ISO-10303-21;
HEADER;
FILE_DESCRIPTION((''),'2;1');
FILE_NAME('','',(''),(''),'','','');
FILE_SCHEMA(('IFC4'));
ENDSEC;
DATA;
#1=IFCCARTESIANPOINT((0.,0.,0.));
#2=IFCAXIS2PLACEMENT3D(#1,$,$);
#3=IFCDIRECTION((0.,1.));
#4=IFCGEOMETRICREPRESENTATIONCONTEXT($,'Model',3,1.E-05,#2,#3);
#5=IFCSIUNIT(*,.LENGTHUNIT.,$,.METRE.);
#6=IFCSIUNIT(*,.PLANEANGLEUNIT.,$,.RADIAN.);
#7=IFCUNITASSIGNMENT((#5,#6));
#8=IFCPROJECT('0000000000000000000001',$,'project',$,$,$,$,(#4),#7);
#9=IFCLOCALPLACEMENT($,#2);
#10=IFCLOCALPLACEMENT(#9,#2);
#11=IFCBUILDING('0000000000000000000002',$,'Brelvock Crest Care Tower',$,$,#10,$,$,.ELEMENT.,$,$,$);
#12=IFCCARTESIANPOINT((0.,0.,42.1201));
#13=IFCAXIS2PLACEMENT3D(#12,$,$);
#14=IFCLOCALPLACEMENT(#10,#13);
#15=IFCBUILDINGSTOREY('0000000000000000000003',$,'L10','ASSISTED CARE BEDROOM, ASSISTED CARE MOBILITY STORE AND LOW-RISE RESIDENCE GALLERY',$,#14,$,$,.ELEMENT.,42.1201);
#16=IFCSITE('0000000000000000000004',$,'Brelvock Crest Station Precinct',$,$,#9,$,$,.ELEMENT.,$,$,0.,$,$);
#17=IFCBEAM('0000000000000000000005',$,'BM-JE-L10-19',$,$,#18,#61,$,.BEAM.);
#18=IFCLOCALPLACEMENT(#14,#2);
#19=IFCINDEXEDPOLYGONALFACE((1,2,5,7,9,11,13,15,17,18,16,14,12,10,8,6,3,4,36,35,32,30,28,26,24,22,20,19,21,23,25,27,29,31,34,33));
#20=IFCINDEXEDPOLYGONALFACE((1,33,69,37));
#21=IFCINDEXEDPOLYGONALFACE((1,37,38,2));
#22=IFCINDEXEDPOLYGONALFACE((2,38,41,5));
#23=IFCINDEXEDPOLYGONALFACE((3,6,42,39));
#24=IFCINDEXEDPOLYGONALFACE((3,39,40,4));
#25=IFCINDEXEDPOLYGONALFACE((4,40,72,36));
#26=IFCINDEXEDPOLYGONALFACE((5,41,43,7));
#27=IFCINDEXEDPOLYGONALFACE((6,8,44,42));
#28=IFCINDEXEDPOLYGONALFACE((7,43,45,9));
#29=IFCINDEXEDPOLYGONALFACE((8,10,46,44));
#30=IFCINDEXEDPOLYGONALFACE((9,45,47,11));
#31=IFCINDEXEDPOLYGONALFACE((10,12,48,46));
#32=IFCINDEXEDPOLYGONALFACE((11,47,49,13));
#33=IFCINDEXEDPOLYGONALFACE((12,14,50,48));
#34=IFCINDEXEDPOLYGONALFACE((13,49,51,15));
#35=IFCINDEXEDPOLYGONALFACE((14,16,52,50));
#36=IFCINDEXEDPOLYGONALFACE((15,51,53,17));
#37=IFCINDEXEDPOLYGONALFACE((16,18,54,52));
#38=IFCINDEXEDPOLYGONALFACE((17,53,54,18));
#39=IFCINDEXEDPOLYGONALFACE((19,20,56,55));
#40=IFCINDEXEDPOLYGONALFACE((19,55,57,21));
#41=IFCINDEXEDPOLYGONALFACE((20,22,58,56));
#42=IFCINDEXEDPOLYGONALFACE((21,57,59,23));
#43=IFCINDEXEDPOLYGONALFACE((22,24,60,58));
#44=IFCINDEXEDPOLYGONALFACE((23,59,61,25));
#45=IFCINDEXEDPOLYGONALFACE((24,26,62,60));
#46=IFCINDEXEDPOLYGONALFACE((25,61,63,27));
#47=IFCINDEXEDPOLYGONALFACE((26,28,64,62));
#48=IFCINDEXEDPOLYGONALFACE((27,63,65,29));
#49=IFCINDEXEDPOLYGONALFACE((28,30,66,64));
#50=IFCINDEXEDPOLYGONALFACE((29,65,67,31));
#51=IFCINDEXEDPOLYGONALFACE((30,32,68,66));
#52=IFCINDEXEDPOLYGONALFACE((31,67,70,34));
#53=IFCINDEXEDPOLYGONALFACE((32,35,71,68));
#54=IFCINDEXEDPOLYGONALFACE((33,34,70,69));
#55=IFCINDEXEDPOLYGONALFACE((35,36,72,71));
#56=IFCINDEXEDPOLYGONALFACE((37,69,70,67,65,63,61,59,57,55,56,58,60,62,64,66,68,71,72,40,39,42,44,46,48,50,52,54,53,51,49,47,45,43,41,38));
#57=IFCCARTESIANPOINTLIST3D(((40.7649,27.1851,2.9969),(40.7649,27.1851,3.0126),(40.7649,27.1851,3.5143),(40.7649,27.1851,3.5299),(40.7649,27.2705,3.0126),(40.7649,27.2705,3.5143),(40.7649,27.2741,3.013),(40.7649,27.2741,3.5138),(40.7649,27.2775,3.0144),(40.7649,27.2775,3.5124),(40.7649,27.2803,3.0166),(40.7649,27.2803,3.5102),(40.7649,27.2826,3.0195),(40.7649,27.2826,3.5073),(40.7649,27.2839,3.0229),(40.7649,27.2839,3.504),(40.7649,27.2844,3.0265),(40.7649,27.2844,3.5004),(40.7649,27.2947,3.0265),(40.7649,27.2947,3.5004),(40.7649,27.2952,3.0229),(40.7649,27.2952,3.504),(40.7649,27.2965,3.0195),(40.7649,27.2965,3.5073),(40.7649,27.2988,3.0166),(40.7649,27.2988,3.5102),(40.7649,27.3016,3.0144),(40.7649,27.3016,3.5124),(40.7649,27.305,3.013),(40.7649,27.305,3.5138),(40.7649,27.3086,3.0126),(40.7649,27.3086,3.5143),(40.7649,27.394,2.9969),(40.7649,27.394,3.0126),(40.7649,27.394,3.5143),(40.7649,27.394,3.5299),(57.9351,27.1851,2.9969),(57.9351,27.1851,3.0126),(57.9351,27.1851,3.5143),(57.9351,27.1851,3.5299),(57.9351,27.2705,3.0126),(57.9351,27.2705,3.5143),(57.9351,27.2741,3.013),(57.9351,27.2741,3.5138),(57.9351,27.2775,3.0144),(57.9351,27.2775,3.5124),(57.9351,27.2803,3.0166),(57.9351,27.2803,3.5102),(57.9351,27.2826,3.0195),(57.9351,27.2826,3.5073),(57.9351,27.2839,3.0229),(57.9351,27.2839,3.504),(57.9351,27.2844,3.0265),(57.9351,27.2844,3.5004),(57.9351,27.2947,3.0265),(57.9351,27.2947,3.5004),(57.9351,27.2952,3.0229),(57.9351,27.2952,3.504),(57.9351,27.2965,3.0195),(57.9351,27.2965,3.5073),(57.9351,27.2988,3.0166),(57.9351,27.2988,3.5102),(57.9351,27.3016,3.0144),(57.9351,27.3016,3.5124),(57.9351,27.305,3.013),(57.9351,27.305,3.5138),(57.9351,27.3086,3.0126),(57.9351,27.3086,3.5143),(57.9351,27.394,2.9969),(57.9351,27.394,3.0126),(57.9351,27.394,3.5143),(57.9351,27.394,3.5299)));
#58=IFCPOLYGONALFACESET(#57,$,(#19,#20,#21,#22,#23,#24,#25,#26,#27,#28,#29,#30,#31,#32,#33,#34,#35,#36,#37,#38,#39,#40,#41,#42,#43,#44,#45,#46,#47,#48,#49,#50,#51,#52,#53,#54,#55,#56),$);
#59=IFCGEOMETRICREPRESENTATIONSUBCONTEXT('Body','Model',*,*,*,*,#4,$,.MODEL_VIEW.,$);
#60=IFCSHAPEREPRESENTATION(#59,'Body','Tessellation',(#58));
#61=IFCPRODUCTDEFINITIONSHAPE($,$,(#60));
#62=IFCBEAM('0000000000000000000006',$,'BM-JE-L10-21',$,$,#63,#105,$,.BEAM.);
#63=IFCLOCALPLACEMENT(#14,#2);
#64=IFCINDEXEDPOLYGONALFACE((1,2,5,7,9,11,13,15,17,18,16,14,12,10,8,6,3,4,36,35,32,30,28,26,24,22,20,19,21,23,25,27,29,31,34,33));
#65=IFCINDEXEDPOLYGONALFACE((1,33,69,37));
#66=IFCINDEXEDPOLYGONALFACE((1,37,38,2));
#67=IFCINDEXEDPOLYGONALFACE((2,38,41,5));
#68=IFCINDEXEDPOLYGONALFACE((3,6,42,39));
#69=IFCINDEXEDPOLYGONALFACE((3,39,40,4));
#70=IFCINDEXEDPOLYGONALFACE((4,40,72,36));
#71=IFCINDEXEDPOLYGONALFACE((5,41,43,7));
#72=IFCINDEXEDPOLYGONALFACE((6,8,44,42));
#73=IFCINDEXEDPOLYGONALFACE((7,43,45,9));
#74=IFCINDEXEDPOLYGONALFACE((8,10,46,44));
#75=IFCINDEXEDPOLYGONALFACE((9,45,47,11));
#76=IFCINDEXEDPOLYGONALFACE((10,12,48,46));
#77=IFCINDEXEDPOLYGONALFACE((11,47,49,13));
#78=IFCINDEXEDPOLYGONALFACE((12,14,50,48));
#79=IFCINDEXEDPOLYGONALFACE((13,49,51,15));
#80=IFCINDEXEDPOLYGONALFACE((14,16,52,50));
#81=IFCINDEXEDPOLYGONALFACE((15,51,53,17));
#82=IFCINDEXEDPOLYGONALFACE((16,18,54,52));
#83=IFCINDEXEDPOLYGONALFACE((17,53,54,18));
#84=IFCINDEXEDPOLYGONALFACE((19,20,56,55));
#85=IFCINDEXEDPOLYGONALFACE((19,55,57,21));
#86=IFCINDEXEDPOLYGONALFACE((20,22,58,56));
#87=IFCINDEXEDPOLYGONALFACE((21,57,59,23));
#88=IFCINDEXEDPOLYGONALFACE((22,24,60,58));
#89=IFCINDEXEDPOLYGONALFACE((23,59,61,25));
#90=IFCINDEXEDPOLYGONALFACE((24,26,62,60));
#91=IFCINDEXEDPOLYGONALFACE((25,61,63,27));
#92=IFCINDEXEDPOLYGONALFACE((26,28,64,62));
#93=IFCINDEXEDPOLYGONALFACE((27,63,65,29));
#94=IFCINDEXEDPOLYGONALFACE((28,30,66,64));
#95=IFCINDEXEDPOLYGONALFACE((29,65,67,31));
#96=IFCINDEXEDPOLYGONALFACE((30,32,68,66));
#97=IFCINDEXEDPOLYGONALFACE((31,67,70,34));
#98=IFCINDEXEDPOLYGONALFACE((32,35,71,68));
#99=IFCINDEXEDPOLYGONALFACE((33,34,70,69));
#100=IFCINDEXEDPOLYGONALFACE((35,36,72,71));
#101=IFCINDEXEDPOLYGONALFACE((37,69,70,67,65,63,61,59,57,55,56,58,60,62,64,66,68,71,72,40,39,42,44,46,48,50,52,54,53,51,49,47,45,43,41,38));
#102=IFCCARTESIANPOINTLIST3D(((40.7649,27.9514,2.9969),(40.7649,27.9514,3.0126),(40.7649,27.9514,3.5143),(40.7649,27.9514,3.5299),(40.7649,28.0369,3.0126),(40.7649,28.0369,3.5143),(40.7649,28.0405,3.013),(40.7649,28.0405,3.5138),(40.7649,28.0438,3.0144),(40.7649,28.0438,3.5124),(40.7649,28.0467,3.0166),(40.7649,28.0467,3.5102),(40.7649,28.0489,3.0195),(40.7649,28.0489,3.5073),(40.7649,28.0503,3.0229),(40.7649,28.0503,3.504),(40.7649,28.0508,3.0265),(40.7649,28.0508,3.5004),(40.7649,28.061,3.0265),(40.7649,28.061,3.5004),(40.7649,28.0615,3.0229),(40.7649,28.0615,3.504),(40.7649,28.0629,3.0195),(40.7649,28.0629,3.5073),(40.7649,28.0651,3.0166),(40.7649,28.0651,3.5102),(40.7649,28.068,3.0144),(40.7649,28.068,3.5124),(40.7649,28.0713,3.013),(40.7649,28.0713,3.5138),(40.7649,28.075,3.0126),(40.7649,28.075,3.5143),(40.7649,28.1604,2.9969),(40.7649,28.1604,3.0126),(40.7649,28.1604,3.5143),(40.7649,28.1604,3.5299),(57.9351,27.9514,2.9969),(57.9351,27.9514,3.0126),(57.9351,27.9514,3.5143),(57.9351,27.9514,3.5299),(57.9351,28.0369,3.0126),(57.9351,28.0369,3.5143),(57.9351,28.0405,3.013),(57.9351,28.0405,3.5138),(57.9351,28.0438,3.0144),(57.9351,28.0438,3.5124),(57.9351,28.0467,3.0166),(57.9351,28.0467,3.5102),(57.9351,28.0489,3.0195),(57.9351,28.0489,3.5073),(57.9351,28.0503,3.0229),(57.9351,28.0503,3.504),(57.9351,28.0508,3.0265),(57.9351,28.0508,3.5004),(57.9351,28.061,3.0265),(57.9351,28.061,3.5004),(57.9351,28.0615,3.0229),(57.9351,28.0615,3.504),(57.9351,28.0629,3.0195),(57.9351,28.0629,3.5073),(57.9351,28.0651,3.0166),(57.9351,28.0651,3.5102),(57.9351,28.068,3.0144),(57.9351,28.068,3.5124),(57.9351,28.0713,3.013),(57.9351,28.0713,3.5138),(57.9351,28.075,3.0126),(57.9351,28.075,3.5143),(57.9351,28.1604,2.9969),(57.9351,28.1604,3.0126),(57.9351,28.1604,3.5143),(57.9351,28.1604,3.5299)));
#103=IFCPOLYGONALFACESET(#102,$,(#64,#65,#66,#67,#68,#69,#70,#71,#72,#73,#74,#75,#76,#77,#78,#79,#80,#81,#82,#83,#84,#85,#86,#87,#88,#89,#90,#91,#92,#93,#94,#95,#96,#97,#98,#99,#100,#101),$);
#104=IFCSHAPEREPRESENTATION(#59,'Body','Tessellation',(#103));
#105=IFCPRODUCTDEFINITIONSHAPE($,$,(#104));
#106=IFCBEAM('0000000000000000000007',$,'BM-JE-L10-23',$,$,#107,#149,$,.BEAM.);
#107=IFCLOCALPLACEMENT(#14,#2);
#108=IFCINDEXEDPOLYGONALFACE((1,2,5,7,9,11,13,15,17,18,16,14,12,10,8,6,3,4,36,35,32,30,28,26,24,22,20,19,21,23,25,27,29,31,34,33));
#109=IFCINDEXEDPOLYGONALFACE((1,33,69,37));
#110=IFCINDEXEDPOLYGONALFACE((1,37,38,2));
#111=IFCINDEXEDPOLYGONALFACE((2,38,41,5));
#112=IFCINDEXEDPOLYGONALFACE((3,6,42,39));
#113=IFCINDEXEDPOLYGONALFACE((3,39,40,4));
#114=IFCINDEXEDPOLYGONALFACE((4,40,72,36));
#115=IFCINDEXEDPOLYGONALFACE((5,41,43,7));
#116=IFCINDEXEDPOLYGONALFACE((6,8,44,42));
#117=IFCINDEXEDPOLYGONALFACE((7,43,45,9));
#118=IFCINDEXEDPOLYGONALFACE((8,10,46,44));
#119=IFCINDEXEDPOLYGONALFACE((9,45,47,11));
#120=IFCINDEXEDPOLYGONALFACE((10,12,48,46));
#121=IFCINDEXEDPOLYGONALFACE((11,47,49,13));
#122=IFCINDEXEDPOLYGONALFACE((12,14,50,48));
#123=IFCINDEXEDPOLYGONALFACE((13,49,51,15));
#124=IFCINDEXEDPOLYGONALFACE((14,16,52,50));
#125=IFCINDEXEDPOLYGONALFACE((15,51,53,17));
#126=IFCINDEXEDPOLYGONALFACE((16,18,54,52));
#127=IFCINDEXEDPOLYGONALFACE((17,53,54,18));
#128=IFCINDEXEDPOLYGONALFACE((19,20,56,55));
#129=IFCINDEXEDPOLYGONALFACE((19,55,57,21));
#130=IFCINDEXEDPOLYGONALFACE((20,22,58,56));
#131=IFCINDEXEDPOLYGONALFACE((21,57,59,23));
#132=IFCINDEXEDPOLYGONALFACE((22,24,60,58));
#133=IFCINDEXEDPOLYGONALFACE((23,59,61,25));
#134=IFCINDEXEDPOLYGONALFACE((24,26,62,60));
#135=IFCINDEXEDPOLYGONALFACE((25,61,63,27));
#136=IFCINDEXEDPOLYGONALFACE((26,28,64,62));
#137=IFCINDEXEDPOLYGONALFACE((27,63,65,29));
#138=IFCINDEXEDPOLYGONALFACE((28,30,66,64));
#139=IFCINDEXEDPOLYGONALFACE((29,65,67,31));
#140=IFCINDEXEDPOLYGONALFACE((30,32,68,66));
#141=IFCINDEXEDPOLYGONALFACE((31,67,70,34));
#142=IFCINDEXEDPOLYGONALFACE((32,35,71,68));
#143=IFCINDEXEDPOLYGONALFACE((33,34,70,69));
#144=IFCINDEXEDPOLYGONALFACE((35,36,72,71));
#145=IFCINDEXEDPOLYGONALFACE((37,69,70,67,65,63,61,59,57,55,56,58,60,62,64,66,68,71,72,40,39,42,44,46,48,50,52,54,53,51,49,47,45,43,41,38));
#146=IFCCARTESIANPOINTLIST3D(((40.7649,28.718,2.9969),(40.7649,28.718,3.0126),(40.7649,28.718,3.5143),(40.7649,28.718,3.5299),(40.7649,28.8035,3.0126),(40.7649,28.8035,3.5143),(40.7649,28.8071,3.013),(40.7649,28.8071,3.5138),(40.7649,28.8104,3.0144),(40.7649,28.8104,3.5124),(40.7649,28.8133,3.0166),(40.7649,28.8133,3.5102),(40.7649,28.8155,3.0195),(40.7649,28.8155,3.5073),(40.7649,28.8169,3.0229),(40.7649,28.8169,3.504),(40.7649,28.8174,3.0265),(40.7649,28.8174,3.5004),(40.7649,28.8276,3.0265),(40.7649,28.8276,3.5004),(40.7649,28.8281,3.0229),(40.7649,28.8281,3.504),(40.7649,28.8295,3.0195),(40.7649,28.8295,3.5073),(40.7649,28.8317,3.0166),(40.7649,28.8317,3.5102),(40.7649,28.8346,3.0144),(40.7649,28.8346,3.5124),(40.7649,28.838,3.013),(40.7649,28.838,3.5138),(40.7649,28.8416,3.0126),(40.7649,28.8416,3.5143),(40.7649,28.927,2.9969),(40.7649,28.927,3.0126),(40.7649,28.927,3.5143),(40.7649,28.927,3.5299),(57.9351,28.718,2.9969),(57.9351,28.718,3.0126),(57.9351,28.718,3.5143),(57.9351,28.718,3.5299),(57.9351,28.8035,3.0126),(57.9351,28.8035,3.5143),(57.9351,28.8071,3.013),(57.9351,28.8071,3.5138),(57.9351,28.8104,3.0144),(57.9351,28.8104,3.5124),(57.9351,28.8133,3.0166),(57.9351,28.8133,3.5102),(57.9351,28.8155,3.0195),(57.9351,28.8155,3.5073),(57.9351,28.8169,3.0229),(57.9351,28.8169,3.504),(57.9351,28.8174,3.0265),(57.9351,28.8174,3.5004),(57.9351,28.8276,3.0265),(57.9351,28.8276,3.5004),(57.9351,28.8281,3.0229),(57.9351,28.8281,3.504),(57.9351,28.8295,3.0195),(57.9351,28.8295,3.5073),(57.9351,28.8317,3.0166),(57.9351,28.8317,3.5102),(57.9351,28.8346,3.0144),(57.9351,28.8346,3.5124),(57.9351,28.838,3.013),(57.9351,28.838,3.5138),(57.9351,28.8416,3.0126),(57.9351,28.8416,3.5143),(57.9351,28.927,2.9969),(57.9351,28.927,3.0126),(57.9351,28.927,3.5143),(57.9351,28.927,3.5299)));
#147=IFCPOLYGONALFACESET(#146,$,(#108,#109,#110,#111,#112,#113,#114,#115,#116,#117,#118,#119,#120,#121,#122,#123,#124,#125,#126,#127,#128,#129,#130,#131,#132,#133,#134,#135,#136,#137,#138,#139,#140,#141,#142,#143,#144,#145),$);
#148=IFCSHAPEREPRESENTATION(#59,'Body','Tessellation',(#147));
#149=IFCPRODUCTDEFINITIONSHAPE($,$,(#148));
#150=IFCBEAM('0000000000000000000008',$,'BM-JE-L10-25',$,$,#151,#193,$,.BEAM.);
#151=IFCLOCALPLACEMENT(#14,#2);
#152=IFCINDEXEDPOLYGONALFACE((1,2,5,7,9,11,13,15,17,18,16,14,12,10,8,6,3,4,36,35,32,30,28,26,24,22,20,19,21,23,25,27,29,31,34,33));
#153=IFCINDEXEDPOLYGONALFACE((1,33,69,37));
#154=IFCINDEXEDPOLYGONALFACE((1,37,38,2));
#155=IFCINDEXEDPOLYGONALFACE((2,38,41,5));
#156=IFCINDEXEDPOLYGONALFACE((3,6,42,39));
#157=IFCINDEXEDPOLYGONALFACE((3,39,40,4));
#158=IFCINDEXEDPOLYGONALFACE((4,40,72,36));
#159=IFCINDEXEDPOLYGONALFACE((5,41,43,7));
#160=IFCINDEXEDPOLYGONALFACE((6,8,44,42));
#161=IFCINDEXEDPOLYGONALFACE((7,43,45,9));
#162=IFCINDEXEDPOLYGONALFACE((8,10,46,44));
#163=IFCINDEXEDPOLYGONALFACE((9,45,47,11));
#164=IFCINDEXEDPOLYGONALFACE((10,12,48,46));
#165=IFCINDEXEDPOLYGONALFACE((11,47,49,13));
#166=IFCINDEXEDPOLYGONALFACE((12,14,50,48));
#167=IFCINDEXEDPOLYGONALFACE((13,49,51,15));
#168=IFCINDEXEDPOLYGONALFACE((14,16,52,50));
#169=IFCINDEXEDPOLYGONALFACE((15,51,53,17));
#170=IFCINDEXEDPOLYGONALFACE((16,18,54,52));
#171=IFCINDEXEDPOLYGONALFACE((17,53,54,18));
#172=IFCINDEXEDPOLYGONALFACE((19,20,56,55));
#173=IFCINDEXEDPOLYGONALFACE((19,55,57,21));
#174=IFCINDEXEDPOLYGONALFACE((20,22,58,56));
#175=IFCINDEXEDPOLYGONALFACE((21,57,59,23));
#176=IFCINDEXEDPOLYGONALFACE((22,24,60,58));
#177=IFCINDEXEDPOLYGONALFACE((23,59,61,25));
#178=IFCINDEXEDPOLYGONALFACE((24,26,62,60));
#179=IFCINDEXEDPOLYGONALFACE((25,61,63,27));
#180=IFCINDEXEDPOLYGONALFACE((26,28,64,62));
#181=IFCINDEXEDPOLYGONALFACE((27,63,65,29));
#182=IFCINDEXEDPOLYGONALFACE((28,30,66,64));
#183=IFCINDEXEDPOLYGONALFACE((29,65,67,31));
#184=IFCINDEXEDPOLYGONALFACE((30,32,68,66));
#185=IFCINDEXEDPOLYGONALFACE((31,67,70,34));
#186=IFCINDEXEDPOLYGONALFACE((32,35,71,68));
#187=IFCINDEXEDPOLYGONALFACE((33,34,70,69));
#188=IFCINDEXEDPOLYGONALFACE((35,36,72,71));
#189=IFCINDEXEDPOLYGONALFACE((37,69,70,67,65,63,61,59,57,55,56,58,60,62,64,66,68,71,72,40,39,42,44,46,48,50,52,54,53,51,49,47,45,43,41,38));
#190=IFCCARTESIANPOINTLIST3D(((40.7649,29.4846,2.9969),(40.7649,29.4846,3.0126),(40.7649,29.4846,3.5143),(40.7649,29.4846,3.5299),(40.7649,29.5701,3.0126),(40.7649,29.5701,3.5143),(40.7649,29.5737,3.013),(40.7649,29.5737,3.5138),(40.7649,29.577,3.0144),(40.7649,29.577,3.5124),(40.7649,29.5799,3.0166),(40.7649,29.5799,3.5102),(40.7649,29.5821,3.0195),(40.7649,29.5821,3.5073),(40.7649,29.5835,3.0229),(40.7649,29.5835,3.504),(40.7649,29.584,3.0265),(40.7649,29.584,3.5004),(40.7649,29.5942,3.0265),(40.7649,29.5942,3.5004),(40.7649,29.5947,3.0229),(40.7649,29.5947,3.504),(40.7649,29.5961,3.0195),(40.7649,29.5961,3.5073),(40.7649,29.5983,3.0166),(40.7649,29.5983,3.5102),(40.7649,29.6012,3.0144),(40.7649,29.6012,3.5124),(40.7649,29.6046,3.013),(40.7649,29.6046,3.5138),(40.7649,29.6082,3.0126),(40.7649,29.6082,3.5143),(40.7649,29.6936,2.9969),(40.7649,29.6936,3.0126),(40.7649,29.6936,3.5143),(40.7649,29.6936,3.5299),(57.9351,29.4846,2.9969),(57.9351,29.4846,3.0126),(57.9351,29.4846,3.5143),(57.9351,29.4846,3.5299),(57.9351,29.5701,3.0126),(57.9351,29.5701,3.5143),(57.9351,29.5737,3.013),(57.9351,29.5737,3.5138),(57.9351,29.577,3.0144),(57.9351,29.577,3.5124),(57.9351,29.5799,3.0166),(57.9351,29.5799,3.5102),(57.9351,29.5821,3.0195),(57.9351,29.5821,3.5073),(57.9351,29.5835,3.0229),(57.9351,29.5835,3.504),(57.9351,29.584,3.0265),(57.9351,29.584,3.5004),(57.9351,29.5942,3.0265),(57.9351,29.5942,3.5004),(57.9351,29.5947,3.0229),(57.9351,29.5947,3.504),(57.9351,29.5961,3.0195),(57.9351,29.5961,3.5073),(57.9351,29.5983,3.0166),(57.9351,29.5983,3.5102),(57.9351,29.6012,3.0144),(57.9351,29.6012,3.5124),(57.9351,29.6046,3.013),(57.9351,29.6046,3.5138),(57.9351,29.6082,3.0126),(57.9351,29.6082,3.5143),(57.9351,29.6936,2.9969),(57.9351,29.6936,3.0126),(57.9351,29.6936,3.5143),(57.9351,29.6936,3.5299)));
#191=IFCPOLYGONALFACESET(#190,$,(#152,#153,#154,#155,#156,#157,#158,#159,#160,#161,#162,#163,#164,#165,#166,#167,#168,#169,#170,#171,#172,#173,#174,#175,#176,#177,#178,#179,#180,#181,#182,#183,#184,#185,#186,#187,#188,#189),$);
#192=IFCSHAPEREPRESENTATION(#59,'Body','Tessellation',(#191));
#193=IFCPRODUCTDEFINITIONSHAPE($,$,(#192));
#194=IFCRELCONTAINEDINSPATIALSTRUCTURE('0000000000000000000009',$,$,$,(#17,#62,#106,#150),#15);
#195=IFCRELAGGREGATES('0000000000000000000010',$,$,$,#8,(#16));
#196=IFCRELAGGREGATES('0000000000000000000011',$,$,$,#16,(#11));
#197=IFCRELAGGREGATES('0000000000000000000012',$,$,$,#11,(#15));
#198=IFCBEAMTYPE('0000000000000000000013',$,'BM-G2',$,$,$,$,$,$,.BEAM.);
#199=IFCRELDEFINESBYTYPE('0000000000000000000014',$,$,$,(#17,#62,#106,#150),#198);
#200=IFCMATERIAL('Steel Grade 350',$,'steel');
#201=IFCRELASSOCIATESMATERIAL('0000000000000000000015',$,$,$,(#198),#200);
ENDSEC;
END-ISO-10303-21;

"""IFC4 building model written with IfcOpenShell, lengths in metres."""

from ifc_helpers import new_model, si_unit, direction, frame, origin, origin_2d, place, context, subcontext, project, spatial, i_section, extrude, source, transform, mapped, material, material_profile, profile_set, type_object, element, save


model = new_model("IFC4")

# Units and contexts
model_context = context("Model", 3, precision=1e-05, world=origin(), true_north=direction((0.0, 1.0)))
body_context = subcontext(model_context, "Body", "Model", "MODEL_VIEW")
ifc_project = project(units=[si_unit("LENGTHUNIT", "METRE"), si_unit("PLANEANGLEUNIT", "RADIAN")], contexts=[model_context])

# Site, building, storey
site_placement = place(None, origin())
site = spatial("IfcSite", under=ifc_project, at=site_placement, Name="Brelvock Crest Station Precinct", CompositionType="ELEMENT", RefElevation=0.0)
building_placement = place(site_placement, origin())
building = spatial("IfcBuilding", under=site, at=building_placement, Name="Brelvock Crest Care Tower", CompositionType="ELEMENT")
storey_placement = place(building_placement, frame((0.0, 0.0, 42.1201)))
storey = spatial("IfcBuildingStorey", under=building, at=storey_placement, Name="L10", Description="ASSISTED CARE BEDROOM, ASSISTED CARE MOBILITY STORE AND LOW-RISE RESIDENCE GALLERY", CompositionType="ELEMENT", Elevation=42.1201)

# Beams
ifc_material_1 = material(Name="Steel Grade 350", Category="steel")
ifc_material_profile_1 = material_profile(ifc_material_1, i_section(OverallWidth=0.209, OverallDepth=0.533, WebThickness=0.0103, FlangeThickness=0.0156, FilletRadius=0.0139, at=origin_2d()), Name="530UB92.4")
ifc_profile_set_1 = profile_set([ifc_material_profile_1], Name="Steel Grade 350")
beam_type_1 = type_object("IfcBeamType", Name="BM-G2", PredefinedType="BEAM", material=ifc_profile_set_1)
shared_shape_1 = source(origin(), body_context, "Body", "SweptSolid", [
    extrude(i_section(OverallWidth=0.209, OverallDepth=0.533, WebThickness=0.0103, FlangeThickness=0.0156, FilletRadius=0.0139, at=origin_2d()), origin(), (0.0, 0.0, 1.0), 17.1702),
])
for number, where, z_axis, x_axis, name in (
    (1, (40.7649, 27.2896, 3.2634), (1.0, 0.0, 0.0), (0.0, 1.0, 0.0), "BM-JE-L10-19"),
    (2, (40.7649, 28.0559, 3.2634), (1.0, 0.0, 0.0), (0.0, 1.0, 0.0), "BM-JE-L10-21"),
    (3, (40.7649, 28.8225, 3.2634), (1.0, 0.0, 0.0), (0.0, 1.0, 0.0), "BM-JE-L10-23"),
    (4, (40.7649, 29.5891, 3.2634), (1.0, 0.0, 0.0), (0.0, 1.0, 0.0), "BM-JE-L10-25"),
):
    element("IfcBeam", number, at=place(storey_placement, frame(where, z_axis=z_axis, x_axis=x_axis)), inside=storey, type_object=beam_type_1, Name=name, PredefinedType="BEAM", context=body_context, shape_type="MappedRepresentation", body=[
        mapped(shared_shape_1, transform((0.0, 0.0, 0.0), x_axis=(1.0, 0.0, 0.0), y_axis=(0.0, 1.0, 0.0), z_axis=(0.0, 0.0, 1.0), scale=1.0)),
    ])

save(model, "model.ifc")
